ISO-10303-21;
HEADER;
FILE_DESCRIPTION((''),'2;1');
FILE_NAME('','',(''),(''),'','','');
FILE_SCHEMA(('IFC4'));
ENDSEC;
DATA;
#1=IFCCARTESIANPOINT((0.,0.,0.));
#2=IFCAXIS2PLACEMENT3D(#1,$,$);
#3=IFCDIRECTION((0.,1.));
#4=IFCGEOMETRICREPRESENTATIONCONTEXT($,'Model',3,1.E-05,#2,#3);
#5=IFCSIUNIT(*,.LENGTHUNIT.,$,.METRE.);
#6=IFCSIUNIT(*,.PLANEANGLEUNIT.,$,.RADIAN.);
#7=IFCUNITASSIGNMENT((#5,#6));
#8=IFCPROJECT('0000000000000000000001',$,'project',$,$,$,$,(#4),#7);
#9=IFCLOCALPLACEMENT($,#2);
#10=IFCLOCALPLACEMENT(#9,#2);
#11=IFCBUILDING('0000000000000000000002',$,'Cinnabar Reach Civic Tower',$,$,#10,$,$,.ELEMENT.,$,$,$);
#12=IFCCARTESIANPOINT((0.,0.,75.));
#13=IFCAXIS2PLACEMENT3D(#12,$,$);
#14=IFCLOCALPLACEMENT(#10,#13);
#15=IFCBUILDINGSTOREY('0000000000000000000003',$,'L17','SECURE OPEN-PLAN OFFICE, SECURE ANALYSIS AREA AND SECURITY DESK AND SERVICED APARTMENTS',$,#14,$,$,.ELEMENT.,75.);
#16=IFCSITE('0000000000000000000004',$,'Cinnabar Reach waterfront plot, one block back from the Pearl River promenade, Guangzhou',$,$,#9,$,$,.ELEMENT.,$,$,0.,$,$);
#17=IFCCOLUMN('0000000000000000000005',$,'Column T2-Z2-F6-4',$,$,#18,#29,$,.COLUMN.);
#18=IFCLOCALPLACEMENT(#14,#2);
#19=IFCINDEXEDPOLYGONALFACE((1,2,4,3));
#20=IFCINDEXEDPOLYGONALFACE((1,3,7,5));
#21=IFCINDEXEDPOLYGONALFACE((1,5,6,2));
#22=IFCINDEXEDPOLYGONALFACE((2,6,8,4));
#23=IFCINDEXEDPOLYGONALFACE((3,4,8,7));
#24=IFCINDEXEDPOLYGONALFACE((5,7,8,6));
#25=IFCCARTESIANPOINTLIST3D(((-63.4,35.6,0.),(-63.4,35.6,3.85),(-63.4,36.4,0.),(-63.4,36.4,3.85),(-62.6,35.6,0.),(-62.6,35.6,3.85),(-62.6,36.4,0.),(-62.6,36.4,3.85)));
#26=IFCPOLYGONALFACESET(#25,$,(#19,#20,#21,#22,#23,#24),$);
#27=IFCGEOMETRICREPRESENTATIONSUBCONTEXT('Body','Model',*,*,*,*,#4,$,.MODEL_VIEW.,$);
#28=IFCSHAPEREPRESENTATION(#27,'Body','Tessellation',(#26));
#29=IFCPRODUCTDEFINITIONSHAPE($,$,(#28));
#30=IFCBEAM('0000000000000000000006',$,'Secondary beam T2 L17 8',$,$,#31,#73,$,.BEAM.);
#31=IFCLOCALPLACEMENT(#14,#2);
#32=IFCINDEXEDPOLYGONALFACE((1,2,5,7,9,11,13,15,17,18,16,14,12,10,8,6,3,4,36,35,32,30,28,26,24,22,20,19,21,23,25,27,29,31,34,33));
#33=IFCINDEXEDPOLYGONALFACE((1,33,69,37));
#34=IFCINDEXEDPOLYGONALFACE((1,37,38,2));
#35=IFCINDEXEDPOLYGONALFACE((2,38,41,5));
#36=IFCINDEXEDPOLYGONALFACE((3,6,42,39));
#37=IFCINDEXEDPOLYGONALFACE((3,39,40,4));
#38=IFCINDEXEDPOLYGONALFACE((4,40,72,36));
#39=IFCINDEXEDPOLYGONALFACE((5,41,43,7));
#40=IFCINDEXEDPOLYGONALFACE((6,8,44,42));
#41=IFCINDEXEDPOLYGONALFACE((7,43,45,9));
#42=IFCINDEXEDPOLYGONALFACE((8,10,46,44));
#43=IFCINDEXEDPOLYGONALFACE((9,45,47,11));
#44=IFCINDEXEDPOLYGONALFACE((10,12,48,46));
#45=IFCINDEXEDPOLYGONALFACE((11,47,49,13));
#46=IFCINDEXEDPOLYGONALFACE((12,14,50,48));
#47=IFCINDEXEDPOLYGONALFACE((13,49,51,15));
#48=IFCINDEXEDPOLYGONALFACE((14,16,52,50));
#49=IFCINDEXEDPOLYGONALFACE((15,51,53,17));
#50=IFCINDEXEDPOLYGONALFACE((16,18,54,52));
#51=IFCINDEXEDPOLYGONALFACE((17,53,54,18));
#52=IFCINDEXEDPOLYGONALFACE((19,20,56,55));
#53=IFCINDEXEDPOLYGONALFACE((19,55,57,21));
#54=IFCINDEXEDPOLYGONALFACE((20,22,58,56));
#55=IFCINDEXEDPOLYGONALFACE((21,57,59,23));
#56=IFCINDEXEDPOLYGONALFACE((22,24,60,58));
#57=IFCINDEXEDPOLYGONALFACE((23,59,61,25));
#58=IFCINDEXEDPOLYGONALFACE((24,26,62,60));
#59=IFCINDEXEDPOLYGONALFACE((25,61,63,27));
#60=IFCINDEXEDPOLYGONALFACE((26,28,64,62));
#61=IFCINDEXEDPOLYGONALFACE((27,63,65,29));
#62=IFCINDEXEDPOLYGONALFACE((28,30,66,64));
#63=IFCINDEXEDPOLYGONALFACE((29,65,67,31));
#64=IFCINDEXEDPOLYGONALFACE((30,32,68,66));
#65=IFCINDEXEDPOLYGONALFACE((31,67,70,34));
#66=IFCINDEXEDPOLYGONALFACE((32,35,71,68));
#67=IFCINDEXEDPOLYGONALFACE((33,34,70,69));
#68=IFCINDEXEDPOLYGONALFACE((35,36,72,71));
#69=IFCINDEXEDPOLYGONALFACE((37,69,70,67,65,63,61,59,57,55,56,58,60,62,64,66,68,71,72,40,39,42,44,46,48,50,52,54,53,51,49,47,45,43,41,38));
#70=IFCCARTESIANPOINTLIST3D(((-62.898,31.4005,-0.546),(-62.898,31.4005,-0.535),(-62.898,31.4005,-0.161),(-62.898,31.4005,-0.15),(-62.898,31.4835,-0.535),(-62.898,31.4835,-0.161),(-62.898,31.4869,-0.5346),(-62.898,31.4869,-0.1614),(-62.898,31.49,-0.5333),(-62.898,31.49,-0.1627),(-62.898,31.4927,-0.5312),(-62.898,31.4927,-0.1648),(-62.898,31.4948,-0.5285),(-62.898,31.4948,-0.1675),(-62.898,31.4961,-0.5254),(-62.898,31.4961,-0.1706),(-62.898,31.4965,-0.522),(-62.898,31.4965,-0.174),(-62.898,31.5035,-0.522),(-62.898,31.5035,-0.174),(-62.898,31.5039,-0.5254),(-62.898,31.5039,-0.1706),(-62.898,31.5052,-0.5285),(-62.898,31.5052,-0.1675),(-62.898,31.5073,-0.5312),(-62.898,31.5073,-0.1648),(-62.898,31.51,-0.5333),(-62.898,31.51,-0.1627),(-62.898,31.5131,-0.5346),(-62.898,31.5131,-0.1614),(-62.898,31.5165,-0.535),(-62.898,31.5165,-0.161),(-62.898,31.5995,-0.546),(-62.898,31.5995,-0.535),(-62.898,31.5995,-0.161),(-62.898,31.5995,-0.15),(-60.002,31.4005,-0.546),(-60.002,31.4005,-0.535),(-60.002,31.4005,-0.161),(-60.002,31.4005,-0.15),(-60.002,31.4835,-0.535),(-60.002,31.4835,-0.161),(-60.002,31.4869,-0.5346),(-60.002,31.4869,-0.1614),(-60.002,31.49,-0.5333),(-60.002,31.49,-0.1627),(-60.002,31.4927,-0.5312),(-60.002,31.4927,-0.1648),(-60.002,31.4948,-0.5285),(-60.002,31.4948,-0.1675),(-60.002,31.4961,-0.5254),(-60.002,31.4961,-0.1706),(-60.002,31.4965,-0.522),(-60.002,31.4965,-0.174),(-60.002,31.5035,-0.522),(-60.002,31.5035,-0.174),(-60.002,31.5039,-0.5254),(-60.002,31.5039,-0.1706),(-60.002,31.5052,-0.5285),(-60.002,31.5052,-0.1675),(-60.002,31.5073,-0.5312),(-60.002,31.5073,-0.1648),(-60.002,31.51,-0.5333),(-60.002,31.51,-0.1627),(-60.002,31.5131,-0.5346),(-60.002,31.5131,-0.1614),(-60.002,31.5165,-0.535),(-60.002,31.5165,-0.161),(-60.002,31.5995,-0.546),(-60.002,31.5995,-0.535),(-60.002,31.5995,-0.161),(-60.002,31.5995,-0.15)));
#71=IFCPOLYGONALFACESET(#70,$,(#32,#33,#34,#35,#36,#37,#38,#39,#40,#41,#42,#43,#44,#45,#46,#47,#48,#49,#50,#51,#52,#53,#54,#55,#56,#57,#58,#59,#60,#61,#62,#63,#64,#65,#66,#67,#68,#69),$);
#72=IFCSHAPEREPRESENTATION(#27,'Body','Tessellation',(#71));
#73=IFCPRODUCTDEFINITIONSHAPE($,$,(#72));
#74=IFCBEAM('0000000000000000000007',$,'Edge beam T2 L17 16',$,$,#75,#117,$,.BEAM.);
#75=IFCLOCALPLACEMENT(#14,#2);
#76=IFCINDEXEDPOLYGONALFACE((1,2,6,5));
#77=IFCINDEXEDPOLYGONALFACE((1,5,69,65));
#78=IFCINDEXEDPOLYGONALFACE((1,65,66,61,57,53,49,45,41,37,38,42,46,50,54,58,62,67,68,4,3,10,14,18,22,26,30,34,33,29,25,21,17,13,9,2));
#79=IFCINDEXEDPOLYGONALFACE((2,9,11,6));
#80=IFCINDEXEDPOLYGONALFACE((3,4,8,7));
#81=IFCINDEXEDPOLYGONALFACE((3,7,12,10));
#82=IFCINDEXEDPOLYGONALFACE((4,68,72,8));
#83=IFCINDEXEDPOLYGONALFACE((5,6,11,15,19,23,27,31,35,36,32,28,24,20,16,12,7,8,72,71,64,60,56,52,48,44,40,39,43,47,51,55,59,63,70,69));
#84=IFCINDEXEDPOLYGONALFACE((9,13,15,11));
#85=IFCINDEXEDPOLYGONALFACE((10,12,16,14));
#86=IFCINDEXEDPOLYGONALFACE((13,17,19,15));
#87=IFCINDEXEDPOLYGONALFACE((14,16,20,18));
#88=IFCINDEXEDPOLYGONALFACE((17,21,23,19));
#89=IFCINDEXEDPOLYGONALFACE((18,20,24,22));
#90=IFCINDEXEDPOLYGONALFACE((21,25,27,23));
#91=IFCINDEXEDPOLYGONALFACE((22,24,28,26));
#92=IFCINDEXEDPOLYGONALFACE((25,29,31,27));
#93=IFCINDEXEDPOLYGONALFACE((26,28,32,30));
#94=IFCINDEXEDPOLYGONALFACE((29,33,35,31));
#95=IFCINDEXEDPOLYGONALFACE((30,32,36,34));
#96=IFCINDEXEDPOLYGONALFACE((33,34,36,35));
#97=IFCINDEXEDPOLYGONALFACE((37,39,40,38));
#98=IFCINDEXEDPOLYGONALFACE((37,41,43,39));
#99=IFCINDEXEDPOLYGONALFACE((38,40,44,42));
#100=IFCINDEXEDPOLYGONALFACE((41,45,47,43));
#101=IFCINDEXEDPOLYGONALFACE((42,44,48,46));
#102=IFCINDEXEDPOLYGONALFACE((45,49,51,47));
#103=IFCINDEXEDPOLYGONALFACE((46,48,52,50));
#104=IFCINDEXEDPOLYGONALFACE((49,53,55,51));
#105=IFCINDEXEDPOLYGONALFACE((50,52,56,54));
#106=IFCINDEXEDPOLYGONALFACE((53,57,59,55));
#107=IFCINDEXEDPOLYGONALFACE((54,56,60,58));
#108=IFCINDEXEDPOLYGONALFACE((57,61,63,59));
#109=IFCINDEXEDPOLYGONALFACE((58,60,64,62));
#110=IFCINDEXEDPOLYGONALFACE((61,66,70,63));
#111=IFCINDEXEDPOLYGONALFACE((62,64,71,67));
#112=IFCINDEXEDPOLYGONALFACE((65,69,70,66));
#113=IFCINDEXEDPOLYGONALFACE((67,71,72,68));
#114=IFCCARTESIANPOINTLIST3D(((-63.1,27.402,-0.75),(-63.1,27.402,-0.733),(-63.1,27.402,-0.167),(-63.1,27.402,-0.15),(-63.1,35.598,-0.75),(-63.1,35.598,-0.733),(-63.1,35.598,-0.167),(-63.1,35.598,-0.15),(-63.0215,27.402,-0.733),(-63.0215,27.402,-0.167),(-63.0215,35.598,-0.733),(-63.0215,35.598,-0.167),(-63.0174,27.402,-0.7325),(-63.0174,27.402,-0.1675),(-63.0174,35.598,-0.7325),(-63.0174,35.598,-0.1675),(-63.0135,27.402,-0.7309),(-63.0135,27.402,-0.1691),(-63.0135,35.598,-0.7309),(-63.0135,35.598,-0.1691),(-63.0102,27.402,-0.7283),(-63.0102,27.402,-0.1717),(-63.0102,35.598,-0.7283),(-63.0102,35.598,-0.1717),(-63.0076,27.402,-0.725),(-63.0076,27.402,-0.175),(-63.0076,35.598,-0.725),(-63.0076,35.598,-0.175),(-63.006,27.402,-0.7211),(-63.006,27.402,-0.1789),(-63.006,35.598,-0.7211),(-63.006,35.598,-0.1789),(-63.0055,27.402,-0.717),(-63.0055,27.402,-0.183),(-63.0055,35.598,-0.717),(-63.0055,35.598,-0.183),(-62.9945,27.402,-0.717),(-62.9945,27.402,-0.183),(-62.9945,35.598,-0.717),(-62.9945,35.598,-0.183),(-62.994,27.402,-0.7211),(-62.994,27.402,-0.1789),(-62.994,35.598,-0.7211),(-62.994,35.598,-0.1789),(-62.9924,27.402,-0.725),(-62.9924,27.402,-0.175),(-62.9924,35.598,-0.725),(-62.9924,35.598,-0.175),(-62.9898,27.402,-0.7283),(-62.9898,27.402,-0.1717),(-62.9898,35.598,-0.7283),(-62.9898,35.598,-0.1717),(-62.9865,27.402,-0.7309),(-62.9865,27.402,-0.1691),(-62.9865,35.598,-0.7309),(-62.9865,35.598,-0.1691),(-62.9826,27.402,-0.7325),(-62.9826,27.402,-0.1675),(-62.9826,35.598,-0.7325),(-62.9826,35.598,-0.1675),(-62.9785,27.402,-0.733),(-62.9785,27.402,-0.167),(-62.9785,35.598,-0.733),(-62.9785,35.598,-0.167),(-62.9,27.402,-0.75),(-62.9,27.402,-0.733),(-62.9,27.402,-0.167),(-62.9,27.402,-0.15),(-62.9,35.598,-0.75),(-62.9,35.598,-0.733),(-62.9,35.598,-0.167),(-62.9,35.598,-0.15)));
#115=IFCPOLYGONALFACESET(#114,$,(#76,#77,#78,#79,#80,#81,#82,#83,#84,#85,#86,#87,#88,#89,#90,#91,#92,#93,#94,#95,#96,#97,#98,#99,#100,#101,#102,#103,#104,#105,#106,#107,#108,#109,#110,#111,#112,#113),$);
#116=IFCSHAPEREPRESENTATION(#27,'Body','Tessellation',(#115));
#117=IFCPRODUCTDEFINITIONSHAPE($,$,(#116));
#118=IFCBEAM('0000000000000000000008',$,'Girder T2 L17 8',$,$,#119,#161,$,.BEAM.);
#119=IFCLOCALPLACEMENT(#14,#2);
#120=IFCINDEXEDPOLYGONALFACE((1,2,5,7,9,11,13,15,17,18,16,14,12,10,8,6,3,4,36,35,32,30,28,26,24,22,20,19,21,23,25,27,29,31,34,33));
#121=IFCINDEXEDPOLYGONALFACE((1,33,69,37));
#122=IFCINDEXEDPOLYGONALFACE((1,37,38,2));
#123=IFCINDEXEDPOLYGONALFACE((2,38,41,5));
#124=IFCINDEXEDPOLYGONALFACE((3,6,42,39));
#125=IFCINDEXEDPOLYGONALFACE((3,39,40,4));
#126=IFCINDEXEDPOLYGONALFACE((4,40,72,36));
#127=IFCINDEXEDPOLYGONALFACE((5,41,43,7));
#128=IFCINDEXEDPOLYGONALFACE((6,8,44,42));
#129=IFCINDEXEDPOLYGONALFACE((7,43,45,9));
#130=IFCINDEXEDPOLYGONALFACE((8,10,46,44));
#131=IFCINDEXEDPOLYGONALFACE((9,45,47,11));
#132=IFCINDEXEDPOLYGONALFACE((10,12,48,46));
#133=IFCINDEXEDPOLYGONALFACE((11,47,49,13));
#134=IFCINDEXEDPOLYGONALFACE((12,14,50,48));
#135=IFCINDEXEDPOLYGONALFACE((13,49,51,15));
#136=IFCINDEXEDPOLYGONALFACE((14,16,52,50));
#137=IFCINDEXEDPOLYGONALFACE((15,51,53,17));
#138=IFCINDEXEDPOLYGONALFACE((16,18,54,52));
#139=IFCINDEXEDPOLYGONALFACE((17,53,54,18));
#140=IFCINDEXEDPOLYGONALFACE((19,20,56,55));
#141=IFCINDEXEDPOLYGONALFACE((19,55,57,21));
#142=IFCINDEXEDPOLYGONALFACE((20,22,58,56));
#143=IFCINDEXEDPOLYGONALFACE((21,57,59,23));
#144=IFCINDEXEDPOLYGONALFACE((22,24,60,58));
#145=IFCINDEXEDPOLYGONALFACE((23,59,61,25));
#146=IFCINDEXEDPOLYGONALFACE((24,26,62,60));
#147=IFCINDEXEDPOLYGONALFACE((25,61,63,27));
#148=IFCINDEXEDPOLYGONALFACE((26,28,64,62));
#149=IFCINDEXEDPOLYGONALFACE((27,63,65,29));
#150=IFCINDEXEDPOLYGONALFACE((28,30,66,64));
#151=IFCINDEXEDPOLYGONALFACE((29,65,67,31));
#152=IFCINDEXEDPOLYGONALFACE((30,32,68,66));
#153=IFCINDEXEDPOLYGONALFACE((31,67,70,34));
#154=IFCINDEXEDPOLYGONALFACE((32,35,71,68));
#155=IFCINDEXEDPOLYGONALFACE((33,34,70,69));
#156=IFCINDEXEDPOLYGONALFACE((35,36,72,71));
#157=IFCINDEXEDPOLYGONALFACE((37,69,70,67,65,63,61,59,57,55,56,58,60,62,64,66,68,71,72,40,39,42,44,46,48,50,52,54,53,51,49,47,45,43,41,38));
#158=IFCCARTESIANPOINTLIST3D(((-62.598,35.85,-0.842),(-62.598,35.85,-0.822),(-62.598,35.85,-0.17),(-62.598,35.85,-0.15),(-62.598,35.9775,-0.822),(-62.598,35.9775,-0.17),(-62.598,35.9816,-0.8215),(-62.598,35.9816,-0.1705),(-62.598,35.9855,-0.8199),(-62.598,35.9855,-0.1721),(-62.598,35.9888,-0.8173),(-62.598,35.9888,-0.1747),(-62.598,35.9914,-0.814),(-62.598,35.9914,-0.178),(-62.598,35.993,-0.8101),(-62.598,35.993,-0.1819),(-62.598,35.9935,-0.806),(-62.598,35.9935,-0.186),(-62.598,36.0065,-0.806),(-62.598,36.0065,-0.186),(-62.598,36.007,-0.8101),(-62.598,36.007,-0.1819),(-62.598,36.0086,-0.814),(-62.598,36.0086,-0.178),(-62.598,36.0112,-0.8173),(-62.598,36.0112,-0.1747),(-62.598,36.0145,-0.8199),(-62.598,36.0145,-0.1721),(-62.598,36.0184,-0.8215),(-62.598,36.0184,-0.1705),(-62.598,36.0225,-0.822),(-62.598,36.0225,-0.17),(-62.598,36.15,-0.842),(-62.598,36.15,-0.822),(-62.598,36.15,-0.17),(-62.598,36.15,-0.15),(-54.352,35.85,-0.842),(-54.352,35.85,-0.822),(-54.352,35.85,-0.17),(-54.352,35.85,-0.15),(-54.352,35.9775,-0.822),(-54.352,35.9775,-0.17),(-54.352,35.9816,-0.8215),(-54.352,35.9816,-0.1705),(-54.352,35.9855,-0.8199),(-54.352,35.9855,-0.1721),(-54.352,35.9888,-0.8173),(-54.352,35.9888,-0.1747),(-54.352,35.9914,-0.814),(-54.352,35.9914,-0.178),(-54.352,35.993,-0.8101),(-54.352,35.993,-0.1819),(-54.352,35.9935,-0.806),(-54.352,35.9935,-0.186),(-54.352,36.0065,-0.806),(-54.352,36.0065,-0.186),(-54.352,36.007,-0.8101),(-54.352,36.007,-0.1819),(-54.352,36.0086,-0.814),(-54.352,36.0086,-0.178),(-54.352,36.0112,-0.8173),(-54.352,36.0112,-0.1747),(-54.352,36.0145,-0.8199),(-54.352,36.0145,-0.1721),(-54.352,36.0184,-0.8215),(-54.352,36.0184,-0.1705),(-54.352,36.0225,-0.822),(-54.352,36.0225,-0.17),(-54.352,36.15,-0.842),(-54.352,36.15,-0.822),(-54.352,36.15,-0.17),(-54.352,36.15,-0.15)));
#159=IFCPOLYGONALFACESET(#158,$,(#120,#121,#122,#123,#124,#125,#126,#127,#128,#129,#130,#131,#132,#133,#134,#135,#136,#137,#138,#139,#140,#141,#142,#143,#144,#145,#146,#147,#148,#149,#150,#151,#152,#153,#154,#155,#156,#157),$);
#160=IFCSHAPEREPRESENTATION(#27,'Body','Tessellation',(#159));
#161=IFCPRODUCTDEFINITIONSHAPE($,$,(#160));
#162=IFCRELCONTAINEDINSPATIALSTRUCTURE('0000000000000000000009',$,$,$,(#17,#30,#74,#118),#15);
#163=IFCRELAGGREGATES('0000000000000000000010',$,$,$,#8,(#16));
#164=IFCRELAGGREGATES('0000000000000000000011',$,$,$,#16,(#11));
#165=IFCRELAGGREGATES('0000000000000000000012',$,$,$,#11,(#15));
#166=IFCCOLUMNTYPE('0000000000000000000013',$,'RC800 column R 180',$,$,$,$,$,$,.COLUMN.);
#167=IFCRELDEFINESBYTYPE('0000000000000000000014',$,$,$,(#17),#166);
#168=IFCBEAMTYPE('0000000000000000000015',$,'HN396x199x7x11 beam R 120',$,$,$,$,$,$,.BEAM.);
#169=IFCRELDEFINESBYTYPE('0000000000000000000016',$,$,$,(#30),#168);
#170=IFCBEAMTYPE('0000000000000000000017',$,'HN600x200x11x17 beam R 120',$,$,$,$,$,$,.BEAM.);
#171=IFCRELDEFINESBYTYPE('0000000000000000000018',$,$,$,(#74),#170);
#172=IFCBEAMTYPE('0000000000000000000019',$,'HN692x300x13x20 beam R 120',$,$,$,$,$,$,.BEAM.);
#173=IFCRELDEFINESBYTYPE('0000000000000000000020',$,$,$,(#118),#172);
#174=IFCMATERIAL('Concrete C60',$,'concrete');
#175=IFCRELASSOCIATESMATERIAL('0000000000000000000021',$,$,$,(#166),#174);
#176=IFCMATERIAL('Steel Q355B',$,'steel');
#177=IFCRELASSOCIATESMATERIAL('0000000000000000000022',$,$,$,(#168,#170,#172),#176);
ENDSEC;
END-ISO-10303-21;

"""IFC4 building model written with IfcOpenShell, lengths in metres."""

from ifc_helpers import new_model, si_unit, direction, frame, origin, origin_2d, place, context, subcontext, project, spatial, rectangle, i_section, extrude, material, material_profile, profile_set, type_object, element, save


model = new_model("IFC4")

# Units and contexts
model_context = context("Model", 3, precision=1e-05, world=origin(), true_north=direction((0.0, 1.0)))
body_context = subcontext(model_context, "Body", "Model", "MODEL_VIEW")
ifc_project = project(units=[si_unit("LENGTHUNIT", "METRE"), si_unit("PLANEANGLEUNIT", "RADIAN")], contexts=[model_context])

# Site, building, storey
site_placement = place(None, origin())
site = spatial("IfcSite", under=ifc_project, at=site_placement, Name="Cinnabar Reach waterfront plot, one block back from the Pearl River promenade, Guangzhou", CompositionType="ELEMENT", RefElevation=0.0)
building_placement = place(site_placement, origin())
building = spatial("IfcBuilding", under=site, at=building_placement, Name="Cinnabar Reach Civic Tower", CompositionType="ELEMENT")
storey_placement = place(building_placement, frame((0.0, 0.0, 75.0)))
storey = spatial("IfcBuildingStorey", under=building, at=storey_placement, Name="L17", Description="SECURE OPEN-PLAN OFFICE, SECURE ANALYSIS AREA AND SECURITY DESK AND SERVICED APARTMENTS", CompositionType="ELEMENT", Elevation=75.0)

# Column
ifc_material_1 = material(Name="Concrete C60", Category="concrete")
ifc_material_profile_1 = material_profile(ifc_material_1, rectangle(XDim=0.8, YDim=0.8, at=origin_2d()), Name="RC800")
ifc_profile_set_1 = profile_set([ifc_material_profile_1], Name="Concrete C60")
column_type = type_object("IfcColumnType", Name="RC800 column R 180", PredefinedType="COLUMN", material=ifc_profile_set_1)
column_placement = place(storey_placement, frame((-63.0, 36.0, 0.0), z_axis=(0.0, 0.0, 1.0), x_axis=(1.0, 0.0, 0.0)))
element("IfcColumn", 1, at=column_placement, inside=storey, type_object=column_type, Name="Column T2-Z2-F6-4", PredefinedType="COLUMN", context=body_context, shape_type="SweptSolid", body=[
    extrude(rectangle(XDim=0.8, YDim=0.8, at=origin_2d()), origin(), (0.0, 0.0, 1.0), 3.85),
])

# Beams
ifc_material_2 = material(Name="Steel Q355B", Category="steel")
ifc_material_profile_2 = material_profile(ifc_material_2, i_section(OverallWidth=0.199, OverallDepth=0.396, WebThickness=0.007, FlangeThickness=0.011, FilletRadius=0.013, at=origin_2d()), Name="HN396x199x7x11")
ifc_profile_set_2 = profile_set([ifc_material_profile_2], Name="Steel Q355B")
beam_type_1 = type_object("IfcBeamType", Name="HN396x199x7x11 beam R 120", PredefinedType="BEAM", material=ifc_profile_set_2)
beam_1_placement = place(storey_placement, frame((-62.898, 31.5, -0.348), z_axis=(1.0, 0.0, 0.0), x_axis=(0.0, 1.0, 0.0)))
element("IfcBeam", 2, at=beam_1_placement, inside=storey, type_object=beam_type_1, Name="Secondary beam T2 L17 8", PredefinedType="BEAM", context=body_context, shape_type="SweptSolid", body=[
    extrude(i_section(OverallWidth=0.199, OverallDepth=0.396, WebThickness=0.007, FlangeThickness=0.011, FilletRadius=0.013, at=origin_2d()), origin(), (0.0, 0.0, 1.0), 2.896),
])
ifc_material_profile_3 = material_profile(ifc_material_2, i_section(OverallWidth=0.2, OverallDepth=0.6, WebThickness=0.011, FlangeThickness=0.017, FilletRadius=0.016, at=origin_2d()), Name="HN600x200x11x17")
ifc_profile_set_3 = profile_set([ifc_material_profile_3], Name="Steel Q355B")
beam_type_2 = type_object("IfcBeamType", Name="HN600x200x11x17 beam R 120", PredefinedType="BEAM", material=ifc_profile_set_3)
beam_2_placement = place(storey_placement, frame((-63.0, 35.598, -0.45), z_axis=(0.0, -1.0, 0.0), x_axis=(1.0, 0.0, 0.0)))
element("IfcBeam", 3, at=beam_2_placement, inside=storey, type_object=beam_type_2, Name="Edge beam T2 L17 16", PredefinedType="BEAM", context=body_context, shape_type="SweptSolid", body=[
    extrude(i_section(OverallWidth=0.2, OverallDepth=0.6, WebThickness=0.011, FlangeThickness=0.017, FilletRadius=0.016, at=origin_2d()), origin(), (0.0, 0.0, 1.0), 8.196),
])
ifc_material_profile_4 = material_profile(ifc_material_2, i_section(OverallWidth=0.3, OverallDepth=0.692, WebThickness=0.013, FlangeThickness=0.02, FilletRadius=0.016, at=origin_2d()), Name="HN692x300x13x20")
ifc_profile_set_4 = profile_set([ifc_material_profile_4], Name="Steel Q355B")
beam_type_3 = type_object("IfcBeamType", Name="HN692x300x13x20 beam R 120", PredefinedType="BEAM", material=ifc_profile_set_4)
beam_3_placement = place(storey_placement, frame((-62.598, 36.0, -0.496), z_axis=(1.0, 0.0, 0.0), x_axis=(0.0, 1.0, 0.0)))
element("IfcBeam", 4, at=beam_3_placement, inside=storey, type_object=beam_type_3, Name="Girder T2 L17 8", PredefinedType="BEAM", context=body_context, shape_type="SweptSolid", body=[
    extrude(i_section(OverallWidth=0.3, OverallDepth=0.692, WebThickness=0.013, FlangeThickness=0.02, FilletRadius=0.016, at=origin_2d()), origin(), (0.0, 0.0, 1.0), 8.246),
])

save(model, "model.ifc")
